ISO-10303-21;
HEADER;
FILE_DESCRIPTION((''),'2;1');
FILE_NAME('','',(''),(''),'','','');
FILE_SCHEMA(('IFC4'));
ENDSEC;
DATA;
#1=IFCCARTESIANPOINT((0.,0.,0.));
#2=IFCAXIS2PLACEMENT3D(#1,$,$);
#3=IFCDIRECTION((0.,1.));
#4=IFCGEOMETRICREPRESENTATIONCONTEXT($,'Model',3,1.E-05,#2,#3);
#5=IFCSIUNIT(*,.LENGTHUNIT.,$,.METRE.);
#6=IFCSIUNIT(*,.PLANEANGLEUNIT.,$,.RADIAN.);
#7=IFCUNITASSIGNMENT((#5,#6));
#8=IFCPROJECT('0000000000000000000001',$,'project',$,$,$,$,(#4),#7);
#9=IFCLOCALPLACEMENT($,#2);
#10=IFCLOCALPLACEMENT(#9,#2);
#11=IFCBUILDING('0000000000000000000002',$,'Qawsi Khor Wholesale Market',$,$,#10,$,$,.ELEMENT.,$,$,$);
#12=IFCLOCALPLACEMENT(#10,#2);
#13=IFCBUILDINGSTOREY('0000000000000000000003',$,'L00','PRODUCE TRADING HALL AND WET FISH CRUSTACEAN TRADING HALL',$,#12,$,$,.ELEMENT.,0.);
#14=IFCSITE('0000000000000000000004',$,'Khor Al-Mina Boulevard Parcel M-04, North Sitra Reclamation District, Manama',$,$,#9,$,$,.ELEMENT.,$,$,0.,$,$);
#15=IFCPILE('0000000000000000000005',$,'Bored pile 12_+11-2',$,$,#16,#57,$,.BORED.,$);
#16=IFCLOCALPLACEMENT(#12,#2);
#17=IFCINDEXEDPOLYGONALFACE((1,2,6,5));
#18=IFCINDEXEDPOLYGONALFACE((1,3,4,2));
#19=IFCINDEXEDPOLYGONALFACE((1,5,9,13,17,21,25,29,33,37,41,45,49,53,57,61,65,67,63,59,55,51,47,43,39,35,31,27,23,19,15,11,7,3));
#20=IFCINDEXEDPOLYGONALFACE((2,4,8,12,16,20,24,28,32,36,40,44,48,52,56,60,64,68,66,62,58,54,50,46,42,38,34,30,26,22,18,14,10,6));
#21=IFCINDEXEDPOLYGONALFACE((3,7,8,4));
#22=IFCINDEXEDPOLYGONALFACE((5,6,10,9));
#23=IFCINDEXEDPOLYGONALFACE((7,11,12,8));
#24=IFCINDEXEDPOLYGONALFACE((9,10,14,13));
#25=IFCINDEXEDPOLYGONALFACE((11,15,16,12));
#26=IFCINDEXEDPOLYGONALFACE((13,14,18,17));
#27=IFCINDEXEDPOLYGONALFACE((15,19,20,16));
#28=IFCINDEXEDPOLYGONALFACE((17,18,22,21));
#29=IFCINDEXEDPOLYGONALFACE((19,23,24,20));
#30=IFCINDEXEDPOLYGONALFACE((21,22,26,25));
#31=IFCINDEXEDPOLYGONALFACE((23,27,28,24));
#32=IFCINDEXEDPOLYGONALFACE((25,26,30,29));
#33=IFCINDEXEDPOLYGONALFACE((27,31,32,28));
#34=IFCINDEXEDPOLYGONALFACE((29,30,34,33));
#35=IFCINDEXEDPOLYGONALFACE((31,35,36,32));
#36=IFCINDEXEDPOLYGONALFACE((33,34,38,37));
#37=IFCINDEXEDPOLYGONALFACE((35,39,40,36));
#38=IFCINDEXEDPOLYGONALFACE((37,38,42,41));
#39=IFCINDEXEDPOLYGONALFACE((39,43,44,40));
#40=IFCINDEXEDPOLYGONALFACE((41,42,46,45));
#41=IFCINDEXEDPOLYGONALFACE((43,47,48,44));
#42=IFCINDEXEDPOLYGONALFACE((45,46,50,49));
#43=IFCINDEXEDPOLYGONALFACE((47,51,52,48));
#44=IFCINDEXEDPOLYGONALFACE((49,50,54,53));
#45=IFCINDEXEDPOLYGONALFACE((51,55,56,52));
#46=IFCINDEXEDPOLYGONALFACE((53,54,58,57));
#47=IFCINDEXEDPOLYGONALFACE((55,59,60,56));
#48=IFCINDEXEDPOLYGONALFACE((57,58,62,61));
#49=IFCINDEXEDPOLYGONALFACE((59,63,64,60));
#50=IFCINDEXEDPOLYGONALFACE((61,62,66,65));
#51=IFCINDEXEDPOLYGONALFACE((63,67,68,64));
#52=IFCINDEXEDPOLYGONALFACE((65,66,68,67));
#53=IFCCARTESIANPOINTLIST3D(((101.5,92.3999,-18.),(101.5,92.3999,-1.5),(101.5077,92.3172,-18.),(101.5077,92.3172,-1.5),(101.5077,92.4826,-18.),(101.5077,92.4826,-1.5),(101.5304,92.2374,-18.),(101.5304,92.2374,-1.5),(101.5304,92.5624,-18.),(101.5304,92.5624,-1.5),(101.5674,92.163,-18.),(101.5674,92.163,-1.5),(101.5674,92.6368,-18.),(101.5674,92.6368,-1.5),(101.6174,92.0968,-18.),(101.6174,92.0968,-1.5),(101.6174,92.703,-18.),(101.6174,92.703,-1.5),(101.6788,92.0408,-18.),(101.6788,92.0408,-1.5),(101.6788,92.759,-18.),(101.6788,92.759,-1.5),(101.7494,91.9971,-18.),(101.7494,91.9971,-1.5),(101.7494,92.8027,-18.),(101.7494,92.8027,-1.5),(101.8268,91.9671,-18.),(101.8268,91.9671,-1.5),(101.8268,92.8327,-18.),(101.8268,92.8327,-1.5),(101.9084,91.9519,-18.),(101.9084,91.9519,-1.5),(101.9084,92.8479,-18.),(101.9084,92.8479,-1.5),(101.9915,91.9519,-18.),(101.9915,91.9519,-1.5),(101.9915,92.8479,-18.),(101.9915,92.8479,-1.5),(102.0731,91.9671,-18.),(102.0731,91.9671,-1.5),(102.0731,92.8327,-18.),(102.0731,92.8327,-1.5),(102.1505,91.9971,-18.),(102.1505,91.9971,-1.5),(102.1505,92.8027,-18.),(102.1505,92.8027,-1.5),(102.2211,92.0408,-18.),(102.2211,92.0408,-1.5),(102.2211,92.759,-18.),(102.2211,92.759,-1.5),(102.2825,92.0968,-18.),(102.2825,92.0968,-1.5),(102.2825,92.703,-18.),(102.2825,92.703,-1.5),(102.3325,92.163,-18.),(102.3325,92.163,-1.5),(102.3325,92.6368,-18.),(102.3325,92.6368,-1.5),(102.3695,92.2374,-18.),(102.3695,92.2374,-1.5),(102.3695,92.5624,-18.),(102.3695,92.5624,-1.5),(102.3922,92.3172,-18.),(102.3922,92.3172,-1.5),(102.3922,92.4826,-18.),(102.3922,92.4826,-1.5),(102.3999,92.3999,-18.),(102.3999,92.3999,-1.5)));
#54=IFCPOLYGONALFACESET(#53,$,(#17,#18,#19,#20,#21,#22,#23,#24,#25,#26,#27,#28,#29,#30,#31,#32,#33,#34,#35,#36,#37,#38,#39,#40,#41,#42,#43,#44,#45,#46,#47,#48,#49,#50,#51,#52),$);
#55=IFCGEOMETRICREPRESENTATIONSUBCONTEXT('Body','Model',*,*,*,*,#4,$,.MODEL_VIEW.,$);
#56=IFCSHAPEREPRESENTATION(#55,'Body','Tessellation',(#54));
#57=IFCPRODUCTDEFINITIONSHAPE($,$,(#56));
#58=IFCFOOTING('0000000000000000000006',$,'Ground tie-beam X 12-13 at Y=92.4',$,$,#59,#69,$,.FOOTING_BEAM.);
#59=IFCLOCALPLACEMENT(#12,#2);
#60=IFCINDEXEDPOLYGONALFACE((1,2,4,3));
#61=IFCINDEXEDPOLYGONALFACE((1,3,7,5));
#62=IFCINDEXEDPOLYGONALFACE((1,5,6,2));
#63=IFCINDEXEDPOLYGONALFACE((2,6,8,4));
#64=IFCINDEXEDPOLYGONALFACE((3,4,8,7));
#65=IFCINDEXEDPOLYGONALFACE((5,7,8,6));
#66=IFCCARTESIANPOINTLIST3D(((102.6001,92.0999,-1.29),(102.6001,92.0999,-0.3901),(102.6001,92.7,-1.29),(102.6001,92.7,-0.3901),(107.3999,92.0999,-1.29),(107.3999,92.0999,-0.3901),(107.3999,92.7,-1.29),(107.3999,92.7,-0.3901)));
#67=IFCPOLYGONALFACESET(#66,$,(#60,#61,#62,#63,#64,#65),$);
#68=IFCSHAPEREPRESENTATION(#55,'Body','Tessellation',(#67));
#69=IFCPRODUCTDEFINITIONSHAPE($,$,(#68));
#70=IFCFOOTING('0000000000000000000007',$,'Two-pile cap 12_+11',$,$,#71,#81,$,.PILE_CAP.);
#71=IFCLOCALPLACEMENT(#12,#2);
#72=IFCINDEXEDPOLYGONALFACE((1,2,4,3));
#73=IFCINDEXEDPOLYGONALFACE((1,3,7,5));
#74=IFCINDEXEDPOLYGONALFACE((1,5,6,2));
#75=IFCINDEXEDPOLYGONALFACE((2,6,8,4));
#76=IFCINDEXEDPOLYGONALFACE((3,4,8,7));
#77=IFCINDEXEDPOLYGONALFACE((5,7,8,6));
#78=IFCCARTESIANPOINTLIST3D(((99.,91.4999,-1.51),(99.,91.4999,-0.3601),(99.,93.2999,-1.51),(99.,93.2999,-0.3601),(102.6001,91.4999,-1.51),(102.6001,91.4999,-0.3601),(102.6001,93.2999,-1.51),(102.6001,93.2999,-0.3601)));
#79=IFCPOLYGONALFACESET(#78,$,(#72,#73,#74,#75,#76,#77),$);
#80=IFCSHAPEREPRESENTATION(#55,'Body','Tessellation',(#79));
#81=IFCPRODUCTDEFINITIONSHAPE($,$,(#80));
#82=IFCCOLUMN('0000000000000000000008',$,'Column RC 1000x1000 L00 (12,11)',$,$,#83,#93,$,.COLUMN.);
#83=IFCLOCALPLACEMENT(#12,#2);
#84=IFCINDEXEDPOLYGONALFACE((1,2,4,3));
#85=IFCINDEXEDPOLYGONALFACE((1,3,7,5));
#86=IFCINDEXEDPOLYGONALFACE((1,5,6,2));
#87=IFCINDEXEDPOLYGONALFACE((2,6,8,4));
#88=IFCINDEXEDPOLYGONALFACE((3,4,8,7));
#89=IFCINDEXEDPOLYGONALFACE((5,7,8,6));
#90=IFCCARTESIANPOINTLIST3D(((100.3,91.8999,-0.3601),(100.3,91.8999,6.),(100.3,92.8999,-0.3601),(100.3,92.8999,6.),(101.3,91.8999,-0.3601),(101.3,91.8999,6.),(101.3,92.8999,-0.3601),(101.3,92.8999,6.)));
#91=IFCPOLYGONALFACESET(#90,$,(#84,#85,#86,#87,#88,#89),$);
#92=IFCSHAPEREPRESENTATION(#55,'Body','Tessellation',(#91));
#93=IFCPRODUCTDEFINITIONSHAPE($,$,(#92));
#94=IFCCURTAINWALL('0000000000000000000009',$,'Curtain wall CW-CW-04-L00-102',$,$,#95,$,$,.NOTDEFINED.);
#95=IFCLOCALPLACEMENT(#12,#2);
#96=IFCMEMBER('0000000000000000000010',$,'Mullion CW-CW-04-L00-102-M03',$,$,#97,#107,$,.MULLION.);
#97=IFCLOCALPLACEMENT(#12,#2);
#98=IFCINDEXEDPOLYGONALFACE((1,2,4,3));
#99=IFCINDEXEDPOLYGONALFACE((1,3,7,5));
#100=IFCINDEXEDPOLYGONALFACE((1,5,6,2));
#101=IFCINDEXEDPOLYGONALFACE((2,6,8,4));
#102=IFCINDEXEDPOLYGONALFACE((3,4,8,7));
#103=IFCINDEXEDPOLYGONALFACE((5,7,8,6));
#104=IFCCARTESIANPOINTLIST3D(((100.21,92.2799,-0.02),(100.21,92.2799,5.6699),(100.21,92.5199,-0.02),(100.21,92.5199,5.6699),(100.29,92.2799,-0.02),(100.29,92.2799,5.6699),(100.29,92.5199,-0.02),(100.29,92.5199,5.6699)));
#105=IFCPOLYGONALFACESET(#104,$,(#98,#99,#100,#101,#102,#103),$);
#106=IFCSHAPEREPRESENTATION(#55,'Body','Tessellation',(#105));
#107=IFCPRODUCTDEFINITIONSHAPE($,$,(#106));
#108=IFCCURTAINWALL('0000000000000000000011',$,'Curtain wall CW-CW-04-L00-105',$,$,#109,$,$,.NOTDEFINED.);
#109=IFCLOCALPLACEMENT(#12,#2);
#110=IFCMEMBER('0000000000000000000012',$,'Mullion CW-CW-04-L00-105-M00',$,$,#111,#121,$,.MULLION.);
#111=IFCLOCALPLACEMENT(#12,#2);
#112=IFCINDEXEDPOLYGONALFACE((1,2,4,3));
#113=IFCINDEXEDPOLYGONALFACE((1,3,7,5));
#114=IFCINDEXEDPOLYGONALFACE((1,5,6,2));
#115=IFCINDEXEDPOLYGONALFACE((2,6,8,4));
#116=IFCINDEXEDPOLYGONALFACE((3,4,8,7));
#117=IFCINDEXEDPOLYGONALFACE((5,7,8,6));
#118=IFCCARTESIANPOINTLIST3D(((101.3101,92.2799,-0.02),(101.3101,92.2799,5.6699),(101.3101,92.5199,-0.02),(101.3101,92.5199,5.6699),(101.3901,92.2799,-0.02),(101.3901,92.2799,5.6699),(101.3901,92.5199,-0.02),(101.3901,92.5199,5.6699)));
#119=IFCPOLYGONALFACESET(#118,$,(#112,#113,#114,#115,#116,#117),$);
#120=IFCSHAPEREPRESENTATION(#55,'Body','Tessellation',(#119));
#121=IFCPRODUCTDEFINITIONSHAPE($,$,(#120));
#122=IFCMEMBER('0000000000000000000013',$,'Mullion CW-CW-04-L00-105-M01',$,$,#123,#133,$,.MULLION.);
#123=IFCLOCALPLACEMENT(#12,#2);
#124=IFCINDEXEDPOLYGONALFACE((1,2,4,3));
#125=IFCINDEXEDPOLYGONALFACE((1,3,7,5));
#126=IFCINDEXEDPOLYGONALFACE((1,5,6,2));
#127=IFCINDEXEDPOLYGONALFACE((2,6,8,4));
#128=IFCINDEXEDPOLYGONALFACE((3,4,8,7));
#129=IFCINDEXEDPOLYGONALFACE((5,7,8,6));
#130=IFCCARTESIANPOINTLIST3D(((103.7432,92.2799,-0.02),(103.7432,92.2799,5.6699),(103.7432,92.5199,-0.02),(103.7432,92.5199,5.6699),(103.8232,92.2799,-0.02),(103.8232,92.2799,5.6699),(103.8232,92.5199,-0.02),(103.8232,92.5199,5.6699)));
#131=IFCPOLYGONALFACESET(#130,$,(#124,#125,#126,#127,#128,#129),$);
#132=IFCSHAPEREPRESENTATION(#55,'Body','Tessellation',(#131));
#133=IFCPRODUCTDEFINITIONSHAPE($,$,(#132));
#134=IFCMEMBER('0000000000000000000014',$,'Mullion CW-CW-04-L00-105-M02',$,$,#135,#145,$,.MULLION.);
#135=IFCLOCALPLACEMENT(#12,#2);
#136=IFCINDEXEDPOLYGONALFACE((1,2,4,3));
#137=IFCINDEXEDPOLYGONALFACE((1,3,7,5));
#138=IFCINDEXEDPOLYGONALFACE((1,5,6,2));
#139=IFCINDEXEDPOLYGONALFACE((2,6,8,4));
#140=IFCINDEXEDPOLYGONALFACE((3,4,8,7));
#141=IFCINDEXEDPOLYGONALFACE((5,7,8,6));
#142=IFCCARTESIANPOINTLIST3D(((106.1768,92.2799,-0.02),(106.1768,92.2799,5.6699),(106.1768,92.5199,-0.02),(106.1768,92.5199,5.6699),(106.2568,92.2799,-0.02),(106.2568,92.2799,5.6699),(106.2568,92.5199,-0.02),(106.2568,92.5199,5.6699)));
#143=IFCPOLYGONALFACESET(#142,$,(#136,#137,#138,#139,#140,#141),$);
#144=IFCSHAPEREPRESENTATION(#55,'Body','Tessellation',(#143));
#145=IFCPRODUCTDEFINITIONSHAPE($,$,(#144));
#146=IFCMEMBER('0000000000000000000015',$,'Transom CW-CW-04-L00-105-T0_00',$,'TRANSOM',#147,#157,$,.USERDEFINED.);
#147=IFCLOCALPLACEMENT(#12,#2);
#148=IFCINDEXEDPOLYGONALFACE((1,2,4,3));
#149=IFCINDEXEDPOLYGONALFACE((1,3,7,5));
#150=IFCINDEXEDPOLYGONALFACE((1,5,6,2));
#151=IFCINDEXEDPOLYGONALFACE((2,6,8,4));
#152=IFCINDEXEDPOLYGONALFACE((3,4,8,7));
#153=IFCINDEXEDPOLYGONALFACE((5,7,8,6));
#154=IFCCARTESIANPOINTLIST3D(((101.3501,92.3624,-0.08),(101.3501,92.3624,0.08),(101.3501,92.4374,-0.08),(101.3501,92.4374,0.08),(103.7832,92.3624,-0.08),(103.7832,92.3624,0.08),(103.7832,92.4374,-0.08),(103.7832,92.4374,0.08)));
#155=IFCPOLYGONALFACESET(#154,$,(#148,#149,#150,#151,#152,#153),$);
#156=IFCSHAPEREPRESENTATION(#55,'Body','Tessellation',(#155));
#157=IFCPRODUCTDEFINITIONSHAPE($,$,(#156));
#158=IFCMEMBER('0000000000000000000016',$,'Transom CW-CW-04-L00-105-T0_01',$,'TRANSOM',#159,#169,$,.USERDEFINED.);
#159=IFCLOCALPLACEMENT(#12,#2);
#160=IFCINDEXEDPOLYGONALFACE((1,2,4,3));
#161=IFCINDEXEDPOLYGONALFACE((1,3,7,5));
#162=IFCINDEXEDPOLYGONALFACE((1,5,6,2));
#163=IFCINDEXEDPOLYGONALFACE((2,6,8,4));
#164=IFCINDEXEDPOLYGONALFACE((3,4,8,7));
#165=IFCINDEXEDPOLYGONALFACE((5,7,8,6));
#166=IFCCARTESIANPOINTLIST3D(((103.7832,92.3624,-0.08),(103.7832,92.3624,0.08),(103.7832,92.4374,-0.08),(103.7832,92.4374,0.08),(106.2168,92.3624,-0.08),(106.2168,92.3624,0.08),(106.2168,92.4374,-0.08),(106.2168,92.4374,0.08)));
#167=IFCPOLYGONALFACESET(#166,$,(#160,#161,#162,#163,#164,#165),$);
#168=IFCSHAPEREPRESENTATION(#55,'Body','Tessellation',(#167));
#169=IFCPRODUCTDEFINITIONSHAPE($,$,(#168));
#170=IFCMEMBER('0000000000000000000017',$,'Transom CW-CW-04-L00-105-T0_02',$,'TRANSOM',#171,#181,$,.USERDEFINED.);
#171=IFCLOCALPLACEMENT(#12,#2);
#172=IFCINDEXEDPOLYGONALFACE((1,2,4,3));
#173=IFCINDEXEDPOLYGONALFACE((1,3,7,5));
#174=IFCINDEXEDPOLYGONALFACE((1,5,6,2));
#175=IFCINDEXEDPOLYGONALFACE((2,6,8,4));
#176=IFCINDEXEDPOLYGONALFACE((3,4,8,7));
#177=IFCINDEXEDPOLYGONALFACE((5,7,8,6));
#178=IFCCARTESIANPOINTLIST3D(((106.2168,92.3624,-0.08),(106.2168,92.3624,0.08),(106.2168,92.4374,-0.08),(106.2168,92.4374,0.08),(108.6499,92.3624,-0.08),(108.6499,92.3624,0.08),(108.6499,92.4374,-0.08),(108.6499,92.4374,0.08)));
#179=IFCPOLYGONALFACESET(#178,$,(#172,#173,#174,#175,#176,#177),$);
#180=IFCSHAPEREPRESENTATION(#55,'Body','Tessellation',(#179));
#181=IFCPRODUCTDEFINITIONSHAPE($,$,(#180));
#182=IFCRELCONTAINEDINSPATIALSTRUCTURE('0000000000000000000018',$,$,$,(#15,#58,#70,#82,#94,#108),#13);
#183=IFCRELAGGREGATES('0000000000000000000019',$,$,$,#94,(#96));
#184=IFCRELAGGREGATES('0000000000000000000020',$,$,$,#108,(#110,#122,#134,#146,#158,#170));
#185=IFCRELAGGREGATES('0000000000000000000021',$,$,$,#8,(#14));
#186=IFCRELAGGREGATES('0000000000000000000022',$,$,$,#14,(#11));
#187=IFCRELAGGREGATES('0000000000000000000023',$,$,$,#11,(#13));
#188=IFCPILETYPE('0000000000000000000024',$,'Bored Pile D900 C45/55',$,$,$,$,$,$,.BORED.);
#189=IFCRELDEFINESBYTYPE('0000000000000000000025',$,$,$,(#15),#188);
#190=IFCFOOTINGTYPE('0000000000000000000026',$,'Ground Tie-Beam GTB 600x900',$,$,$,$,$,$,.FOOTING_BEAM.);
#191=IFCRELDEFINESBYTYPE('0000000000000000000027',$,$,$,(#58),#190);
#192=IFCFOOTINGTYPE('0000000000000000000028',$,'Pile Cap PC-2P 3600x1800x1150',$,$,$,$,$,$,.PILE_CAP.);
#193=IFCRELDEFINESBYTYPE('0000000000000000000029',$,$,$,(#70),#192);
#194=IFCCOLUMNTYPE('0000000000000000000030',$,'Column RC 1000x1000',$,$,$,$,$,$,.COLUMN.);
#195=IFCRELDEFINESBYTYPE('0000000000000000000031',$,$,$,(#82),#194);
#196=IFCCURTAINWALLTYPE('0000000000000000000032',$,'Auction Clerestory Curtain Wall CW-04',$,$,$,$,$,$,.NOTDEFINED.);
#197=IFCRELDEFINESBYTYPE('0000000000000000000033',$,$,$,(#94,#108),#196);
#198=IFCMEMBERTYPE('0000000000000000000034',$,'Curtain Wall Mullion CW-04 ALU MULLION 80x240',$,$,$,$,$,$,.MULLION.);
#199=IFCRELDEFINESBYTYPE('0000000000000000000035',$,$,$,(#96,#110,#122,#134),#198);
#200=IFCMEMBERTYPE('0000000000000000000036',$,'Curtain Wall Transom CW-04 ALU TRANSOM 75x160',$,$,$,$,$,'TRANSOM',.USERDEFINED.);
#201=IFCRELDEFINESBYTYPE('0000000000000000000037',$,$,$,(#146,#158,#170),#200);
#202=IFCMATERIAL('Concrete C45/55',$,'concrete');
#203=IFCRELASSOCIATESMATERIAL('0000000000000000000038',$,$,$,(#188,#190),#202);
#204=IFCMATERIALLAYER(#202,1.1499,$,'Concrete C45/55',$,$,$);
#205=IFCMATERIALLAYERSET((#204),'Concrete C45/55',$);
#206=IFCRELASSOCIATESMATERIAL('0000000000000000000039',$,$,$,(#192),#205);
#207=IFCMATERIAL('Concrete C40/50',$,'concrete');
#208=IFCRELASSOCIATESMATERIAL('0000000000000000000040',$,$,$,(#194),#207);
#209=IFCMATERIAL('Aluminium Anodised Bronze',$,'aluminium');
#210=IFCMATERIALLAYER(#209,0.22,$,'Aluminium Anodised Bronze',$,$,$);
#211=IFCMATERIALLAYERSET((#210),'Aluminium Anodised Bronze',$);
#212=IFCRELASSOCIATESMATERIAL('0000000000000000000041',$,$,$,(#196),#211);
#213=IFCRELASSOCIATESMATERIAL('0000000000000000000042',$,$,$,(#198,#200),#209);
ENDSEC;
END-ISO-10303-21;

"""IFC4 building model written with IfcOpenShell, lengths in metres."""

from ifc_helpers import new_model, si_unit, direction, frame, origin, origin_2d, place, context, subcontext, project, spatial, rectangle, circle, extrude, material, layer, layer_set, material_profile, profile_set, type_object, element, aggregate, save


model = new_model("IFC4")

# Units and contexts
model_context = context("Model", 3, precision=1e-05, world=origin(), true_north=direction((0.0, 1.0)))
body_context = subcontext(model_context, "Body", "Model", "MODEL_VIEW")
ifc_project = project(units=[si_unit("LENGTHUNIT", "METRE"), si_unit("PLANEANGLEUNIT", "RADIAN")], contexts=[model_context])

# Site, building, storey
site_placement = place(None, origin())
site = spatial("IfcSite", under=ifc_project, at=site_placement, Name="Khor Al-Mina Boulevard Parcel M-04, North Sitra Reclamation District, Manama", CompositionType="ELEMENT", RefElevation=0.0)
building_placement = place(site_placement, origin())
building = spatial("IfcBuilding", under=site, at=building_placement, Name="Qawsi Khor Wholesale Market", CompositionType="ELEMENT")
storey_placement = place(building_placement, origin())
storey = spatial("IfcBuildingStorey", under=building, at=storey_placement, Name="L00", Description="PRODUCE TRADING HALL AND WET FISH CRUSTACEAN TRADING HALL", CompositionType="ELEMENT", Elevation=0.0)

# Pile
ifc_material_1 = material(Name="Concrete C45/55", Category="concrete")
ifc_material_profile_1 = material_profile(ifc_material_1, circle(Radius=0.45, at=origin_2d()), Name="PILE D900")
ifc_profile_set_1 = profile_set([ifc_material_profile_1], Name="Concrete C45/55")
pile_type = type_object("IfcPileType", Name="Bored Pile D900 C45/55", PredefinedType="BORED", material=ifc_profile_set_1)
pile_placement = place(storey_placement, frame((101.95, 92.3999, -1.5), z_axis=(0.0, 0.0, -1.0), x_axis=(1.0, 0.0, 0.0)))
element("IfcPile", 1, at=pile_placement, inside=storey, type_object=pile_type, Name="Bored pile 12_+11-2", PredefinedType="BORED", context=body_context, shape_type="SweptSolid", body=[
    extrude(circle(Radius=0.45, at=origin_2d()), origin(), (0.0, 0.0, 1.0), 16.5),
])

# Footings
ifc_material_profile_2 = material_profile(ifc_material_1, rectangle(XDim=0.6001, YDim=0.8999, at=origin_2d()), Name="RC 600x900")
ifc_profile_set_2 = profile_set([ifc_material_profile_2], Name="Concrete C45/55")
footing_type_1 = type_object("IfcFootingType", Name="Ground Tie-Beam GTB 600x900", PredefinedType="FOOTING_BEAM", material=ifc_profile_set_2)
footing_1_placement = place(storey_placement, frame((102.6001, 92.3999, -0.8401), z_axis=(1.0, 0.0, 0.0), x_axis=(0.0, 1.0, 0.0)))
element("IfcFooting", 2, at=footing_1_placement, inside=storey, type_object=footing_type_1, Name="Ground tie-beam X 12-13 at Y=92.4", PredefinedType="FOOTING_BEAM", context=body_context, shape_type="SweptSolid", body=[
    extrude(rectangle(XDim=0.6001, YDim=0.8999, at=origin_2d()), origin(), (0.0, 0.0, 1.0), 4.7998),
])
ifc_layer_1 = layer(ifc_material_1, 1.1499, Name="Concrete C45/55")
ifc_layer_set_1 = layer_set([ifc_layer_1], Name="Concrete C45/55")
footing_type_2 = type_object("IfcFootingType", Name="Pile Cap PC-2P 3600x1800x1150", PredefinedType="PILE_CAP", material=ifc_layer_set_1)
footing_2_placement = place(storey_placement, frame((100.8, 92.3999, -1.51), z_axis=(0.0, 0.0, 1.0), x_axis=(1.0, 0.0, 0.0)))
element("IfcFooting", 3, at=footing_2_placement, inside=storey, type_object=footing_type_2, Name="Two-pile cap 12_+11", PredefinedType="PILE_CAP", context=body_context, shape_type="SweptSolid", body=[
    extrude(rectangle(XDim=3.6001, YDim=1.8, at=origin_2d()), origin(), (0.0, 0.0, 1.0), 1.1499),
])

# Column
ifc_material_2 = material(Name="Concrete C40/50", Category="concrete")
ifc_material_profile_3 = material_profile(ifc_material_2, rectangle(XDim=1.0, YDim=1.0, at=origin_2d()), Name="RC 1000x1000")
ifc_profile_set_3 = profile_set([ifc_material_profile_3], Name="Concrete C40/50")
column_type = type_object("IfcColumnType", Name="Column RC 1000x1000", PredefinedType="COLUMN", material=ifc_profile_set_3)
column_placement = place(storey_placement, frame((100.8, 92.3999, -0.3601), z_axis=(0.0, 0.0, 1.0), x_axis=(1.0, 0.0, 0.0)))
element("IfcColumn", 4, at=column_placement, inside=storey, type_object=column_type, Name="Column RC 1000x1000 L00 (12,11)", PredefinedType="COLUMN", context=body_context, shape_type="SweptSolid", body=[
    extrude(rectangle(XDim=1.0, YDim=1.0, at=origin_2d()), origin(), (0.0, 0.0, 1.0), 6.3601),
])

# Curtain wall, member
ifc_material_3 = material(Name="Aluminium Anodised Bronze", Category="aluminium")
ifc_layer_2 = layer(ifc_material_3, 0.22, Name="Aluminium Anodised Bronze")
ifc_layer_set_2 = layer_set([ifc_layer_2], Name="Aluminium Anodised Bronze")
curtain_wall_type = type_object("IfcCurtainWallType", Name="Auction Clerestory Curtain Wall CW-04", PredefinedType="NOTDEFINED", material=ifc_layer_set_2)
curtain_wall_1_placement = place(storey_placement, origin())
curtain_wall_1 = element("IfcCurtainWall", 5, at=curtain_wall_1_placement, inside=storey, type_object=curtain_wall_type, Name="Curtain wall CW-CW-04-L00-102", PredefinedType="NOTDEFINED")
ifc_material_profile_4 = material_profile(ifc_material_3, rectangle(XDim=0.0801, YDim=0.24, at=origin_2d()), Name="ALU MULLION 80x240")
ifc_profile_set_4 = profile_set([ifc_material_profile_4], Name="Aluminium Anodised Bronze")
member_type_1 = type_object("IfcMemberType", Name="Curtain Wall Mullion CW-04 ALU MULLION 80x240", PredefinedType="MULLION", material=ifc_profile_set_4)
member_1_placement = place(storey_placement, frame((100.25, 92.3999, -0.02), z_axis=(0.0, 0.0, 1.0), x_axis=(1.0, 0.0, 0.0)))
member_1 = element("IfcMember", 6, at=member_1_placement, type_object=member_type_1, Name="Mullion CW-CW-04-L00-102-M03", PredefinedType="MULLION", context=body_context, shape_type="SweptSolid", body=[
    extrude(rectangle(XDim=0.0801, YDim=0.24, at=origin_2d()), origin(), (0.0, 0.0, 1.0), 5.6899),
])
aggregate(curtain_wall_1, [member_1])

# Curtain wall, members
curtain_wall_2_placement = place(storey_placement, origin())
curtain_wall_2 = element("IfcCurtainWall", 7, at=curtain_wall_2_placement, inside=storey, type_object=curtain_wall_type, Name="Curtain wall CW-CW-04-L00-105", PredefinedType="NOTDEFINED")
member_2_placement = place(storey_placement, frame((101.3501, 92.3999, -0.02), z_axis=(0.0, 0.0, 1.0), x_axis=(1.0, 0.0, 0.0)))
member_2 = element("IfcMember", 8, at=member_2_placement, type_object=member_type_1, Name="Mullion CW-CW-04-L00-105-M00", PredefinedType="MULLION", context=body_context, shape_type="SweptSolid", body=[
    extrude(rectangle(XDim=0.0801, YDim=0.24, at=origin_2d()), origin(), (0.0, 0.0, 1.0), 5.6899),
])
member_3_placement = place(storey_placement, frame((103.7832, 92.3999, -0.02), z_axis=(0.0, 0.0, 1.0), x_axis=(1.0, 0.0, 0.0)))
member_3 = element("IfcMember", 9, at=member_3_placement, type_object=member_type_1, Name="Mullion CW-CW-04-L00-105-M01", PredefinedType="MULLION", context=body_context, shape_type="SweptSolid", body=[
    extrude(rectangle(XDim=0.0801, YDim=0.24, at=origin_2d()), origin(), (0.0, 0.0, 1.0), 5.6899),
])
member_4_placement = place(storey_placement, frame((106.2168, 92.3999, -0.02), z_axis=(0.0, 0.0, 1.0), x_axis=(1.0, 0.0, 0.0)))
member_4 = element("IfcMember", 10, at=member_4_placement, type_object=member_type_1, Name="Mullion CW-CW-04-L00-105-M02", PredefinedType="MULLION", context=body_context, shape_type="SweptSolid", body=[
    extrude(rectangle(XDim=0.0801, YDim=0.24, at=origin_2d()), origin(), (0.0, 0.0, 1.0), 5.6899),
])
ifc_material_profile_5 = material_profile(ifc_material_3, rectangle(XDim=0.075, YDim=0.1599, at=origin_2d()), Name="ALU TRANSOM 75x160")
ifc_profile_set_5 = profile_set([ifc_material_profile_5], Name="Aluminium Anodised Bronze")
member_type_2 = type_object("IfcMemberType", Name="Curtain Wall Transom CW-04 ALU TRANSOM 75x160", ElementType="TRANSOM", PredefinedType="USERDEFINED", material=ifc_profile_set_5)
member_5_placement = place(storey_placement, frame((101.3501, 92.3999, 0.0), z_axis=(1.0, 0.0, 0.0), x_axis=(0.0, 1.0, 0.0)))
member_5 = element("IfcMember", 11, at=member_5_placement, type_object=member_type_2, Name="Transom CW-CW-04-L00-105-T0_00", ObjectType="TRANSOM", PredefinedType="USERDEFINED", context=body_context, shape_type="SweptSolid", body=[
    extrude(rectangle(XDim=0.075, YDim=0.1599, at=origin_2d()), origin(), (0.0, 0.0, 1.0), 2.4331),
])
member_6_placement = place(storey_placement, frame((103.7832, 92.3999, 0.0), z_axis=(1.0, 0.0, 0.0), x_axis=(0.0, 1.0, 0.0)))
member_6 = element("IfcMember", 12, at=member_6_placement, type_object=member_type_2, Name="Transom CW-CW-04-L00-105-T0_01", ObjectType="TRANSOM", PredefinedType="USERDEFINED", context=body_context, shape_type="SweptSolid", body=[
    extrude(rectangle(XDim=0.075, YDim=0.1599, at=origin_2d()), origin(), (0.0, 0.0, 1.0), 2.4336),
])
member_7_placement = place(storey_placement, frame((106.2168, 92.3999, 0.0), z_axis=(1.0, 0.0, 0.0), x_axis=(0.0, 1.0, 0.0)))
member_7 = element("IfcMember", 13, at=member_7_placement, type_object=member_type_2, Name="Transom CW-CW-04-L00-105-T0_02", ObjectType="TRANSOM", PredefinedType="USERDEFINED", context=body_context, shape_type="SweptSolid", body=[
    extrude(rectangle(XDim=0.075, YDim=0.1599, at=origin_2d()), origin(), (0.0, 0.0, 1.0), 2.4331),
])
aggregate(curtain_wall_2, [member_2, member_3, member_4, member_5, member_6, member_7])

save(model, "model.ifc")
